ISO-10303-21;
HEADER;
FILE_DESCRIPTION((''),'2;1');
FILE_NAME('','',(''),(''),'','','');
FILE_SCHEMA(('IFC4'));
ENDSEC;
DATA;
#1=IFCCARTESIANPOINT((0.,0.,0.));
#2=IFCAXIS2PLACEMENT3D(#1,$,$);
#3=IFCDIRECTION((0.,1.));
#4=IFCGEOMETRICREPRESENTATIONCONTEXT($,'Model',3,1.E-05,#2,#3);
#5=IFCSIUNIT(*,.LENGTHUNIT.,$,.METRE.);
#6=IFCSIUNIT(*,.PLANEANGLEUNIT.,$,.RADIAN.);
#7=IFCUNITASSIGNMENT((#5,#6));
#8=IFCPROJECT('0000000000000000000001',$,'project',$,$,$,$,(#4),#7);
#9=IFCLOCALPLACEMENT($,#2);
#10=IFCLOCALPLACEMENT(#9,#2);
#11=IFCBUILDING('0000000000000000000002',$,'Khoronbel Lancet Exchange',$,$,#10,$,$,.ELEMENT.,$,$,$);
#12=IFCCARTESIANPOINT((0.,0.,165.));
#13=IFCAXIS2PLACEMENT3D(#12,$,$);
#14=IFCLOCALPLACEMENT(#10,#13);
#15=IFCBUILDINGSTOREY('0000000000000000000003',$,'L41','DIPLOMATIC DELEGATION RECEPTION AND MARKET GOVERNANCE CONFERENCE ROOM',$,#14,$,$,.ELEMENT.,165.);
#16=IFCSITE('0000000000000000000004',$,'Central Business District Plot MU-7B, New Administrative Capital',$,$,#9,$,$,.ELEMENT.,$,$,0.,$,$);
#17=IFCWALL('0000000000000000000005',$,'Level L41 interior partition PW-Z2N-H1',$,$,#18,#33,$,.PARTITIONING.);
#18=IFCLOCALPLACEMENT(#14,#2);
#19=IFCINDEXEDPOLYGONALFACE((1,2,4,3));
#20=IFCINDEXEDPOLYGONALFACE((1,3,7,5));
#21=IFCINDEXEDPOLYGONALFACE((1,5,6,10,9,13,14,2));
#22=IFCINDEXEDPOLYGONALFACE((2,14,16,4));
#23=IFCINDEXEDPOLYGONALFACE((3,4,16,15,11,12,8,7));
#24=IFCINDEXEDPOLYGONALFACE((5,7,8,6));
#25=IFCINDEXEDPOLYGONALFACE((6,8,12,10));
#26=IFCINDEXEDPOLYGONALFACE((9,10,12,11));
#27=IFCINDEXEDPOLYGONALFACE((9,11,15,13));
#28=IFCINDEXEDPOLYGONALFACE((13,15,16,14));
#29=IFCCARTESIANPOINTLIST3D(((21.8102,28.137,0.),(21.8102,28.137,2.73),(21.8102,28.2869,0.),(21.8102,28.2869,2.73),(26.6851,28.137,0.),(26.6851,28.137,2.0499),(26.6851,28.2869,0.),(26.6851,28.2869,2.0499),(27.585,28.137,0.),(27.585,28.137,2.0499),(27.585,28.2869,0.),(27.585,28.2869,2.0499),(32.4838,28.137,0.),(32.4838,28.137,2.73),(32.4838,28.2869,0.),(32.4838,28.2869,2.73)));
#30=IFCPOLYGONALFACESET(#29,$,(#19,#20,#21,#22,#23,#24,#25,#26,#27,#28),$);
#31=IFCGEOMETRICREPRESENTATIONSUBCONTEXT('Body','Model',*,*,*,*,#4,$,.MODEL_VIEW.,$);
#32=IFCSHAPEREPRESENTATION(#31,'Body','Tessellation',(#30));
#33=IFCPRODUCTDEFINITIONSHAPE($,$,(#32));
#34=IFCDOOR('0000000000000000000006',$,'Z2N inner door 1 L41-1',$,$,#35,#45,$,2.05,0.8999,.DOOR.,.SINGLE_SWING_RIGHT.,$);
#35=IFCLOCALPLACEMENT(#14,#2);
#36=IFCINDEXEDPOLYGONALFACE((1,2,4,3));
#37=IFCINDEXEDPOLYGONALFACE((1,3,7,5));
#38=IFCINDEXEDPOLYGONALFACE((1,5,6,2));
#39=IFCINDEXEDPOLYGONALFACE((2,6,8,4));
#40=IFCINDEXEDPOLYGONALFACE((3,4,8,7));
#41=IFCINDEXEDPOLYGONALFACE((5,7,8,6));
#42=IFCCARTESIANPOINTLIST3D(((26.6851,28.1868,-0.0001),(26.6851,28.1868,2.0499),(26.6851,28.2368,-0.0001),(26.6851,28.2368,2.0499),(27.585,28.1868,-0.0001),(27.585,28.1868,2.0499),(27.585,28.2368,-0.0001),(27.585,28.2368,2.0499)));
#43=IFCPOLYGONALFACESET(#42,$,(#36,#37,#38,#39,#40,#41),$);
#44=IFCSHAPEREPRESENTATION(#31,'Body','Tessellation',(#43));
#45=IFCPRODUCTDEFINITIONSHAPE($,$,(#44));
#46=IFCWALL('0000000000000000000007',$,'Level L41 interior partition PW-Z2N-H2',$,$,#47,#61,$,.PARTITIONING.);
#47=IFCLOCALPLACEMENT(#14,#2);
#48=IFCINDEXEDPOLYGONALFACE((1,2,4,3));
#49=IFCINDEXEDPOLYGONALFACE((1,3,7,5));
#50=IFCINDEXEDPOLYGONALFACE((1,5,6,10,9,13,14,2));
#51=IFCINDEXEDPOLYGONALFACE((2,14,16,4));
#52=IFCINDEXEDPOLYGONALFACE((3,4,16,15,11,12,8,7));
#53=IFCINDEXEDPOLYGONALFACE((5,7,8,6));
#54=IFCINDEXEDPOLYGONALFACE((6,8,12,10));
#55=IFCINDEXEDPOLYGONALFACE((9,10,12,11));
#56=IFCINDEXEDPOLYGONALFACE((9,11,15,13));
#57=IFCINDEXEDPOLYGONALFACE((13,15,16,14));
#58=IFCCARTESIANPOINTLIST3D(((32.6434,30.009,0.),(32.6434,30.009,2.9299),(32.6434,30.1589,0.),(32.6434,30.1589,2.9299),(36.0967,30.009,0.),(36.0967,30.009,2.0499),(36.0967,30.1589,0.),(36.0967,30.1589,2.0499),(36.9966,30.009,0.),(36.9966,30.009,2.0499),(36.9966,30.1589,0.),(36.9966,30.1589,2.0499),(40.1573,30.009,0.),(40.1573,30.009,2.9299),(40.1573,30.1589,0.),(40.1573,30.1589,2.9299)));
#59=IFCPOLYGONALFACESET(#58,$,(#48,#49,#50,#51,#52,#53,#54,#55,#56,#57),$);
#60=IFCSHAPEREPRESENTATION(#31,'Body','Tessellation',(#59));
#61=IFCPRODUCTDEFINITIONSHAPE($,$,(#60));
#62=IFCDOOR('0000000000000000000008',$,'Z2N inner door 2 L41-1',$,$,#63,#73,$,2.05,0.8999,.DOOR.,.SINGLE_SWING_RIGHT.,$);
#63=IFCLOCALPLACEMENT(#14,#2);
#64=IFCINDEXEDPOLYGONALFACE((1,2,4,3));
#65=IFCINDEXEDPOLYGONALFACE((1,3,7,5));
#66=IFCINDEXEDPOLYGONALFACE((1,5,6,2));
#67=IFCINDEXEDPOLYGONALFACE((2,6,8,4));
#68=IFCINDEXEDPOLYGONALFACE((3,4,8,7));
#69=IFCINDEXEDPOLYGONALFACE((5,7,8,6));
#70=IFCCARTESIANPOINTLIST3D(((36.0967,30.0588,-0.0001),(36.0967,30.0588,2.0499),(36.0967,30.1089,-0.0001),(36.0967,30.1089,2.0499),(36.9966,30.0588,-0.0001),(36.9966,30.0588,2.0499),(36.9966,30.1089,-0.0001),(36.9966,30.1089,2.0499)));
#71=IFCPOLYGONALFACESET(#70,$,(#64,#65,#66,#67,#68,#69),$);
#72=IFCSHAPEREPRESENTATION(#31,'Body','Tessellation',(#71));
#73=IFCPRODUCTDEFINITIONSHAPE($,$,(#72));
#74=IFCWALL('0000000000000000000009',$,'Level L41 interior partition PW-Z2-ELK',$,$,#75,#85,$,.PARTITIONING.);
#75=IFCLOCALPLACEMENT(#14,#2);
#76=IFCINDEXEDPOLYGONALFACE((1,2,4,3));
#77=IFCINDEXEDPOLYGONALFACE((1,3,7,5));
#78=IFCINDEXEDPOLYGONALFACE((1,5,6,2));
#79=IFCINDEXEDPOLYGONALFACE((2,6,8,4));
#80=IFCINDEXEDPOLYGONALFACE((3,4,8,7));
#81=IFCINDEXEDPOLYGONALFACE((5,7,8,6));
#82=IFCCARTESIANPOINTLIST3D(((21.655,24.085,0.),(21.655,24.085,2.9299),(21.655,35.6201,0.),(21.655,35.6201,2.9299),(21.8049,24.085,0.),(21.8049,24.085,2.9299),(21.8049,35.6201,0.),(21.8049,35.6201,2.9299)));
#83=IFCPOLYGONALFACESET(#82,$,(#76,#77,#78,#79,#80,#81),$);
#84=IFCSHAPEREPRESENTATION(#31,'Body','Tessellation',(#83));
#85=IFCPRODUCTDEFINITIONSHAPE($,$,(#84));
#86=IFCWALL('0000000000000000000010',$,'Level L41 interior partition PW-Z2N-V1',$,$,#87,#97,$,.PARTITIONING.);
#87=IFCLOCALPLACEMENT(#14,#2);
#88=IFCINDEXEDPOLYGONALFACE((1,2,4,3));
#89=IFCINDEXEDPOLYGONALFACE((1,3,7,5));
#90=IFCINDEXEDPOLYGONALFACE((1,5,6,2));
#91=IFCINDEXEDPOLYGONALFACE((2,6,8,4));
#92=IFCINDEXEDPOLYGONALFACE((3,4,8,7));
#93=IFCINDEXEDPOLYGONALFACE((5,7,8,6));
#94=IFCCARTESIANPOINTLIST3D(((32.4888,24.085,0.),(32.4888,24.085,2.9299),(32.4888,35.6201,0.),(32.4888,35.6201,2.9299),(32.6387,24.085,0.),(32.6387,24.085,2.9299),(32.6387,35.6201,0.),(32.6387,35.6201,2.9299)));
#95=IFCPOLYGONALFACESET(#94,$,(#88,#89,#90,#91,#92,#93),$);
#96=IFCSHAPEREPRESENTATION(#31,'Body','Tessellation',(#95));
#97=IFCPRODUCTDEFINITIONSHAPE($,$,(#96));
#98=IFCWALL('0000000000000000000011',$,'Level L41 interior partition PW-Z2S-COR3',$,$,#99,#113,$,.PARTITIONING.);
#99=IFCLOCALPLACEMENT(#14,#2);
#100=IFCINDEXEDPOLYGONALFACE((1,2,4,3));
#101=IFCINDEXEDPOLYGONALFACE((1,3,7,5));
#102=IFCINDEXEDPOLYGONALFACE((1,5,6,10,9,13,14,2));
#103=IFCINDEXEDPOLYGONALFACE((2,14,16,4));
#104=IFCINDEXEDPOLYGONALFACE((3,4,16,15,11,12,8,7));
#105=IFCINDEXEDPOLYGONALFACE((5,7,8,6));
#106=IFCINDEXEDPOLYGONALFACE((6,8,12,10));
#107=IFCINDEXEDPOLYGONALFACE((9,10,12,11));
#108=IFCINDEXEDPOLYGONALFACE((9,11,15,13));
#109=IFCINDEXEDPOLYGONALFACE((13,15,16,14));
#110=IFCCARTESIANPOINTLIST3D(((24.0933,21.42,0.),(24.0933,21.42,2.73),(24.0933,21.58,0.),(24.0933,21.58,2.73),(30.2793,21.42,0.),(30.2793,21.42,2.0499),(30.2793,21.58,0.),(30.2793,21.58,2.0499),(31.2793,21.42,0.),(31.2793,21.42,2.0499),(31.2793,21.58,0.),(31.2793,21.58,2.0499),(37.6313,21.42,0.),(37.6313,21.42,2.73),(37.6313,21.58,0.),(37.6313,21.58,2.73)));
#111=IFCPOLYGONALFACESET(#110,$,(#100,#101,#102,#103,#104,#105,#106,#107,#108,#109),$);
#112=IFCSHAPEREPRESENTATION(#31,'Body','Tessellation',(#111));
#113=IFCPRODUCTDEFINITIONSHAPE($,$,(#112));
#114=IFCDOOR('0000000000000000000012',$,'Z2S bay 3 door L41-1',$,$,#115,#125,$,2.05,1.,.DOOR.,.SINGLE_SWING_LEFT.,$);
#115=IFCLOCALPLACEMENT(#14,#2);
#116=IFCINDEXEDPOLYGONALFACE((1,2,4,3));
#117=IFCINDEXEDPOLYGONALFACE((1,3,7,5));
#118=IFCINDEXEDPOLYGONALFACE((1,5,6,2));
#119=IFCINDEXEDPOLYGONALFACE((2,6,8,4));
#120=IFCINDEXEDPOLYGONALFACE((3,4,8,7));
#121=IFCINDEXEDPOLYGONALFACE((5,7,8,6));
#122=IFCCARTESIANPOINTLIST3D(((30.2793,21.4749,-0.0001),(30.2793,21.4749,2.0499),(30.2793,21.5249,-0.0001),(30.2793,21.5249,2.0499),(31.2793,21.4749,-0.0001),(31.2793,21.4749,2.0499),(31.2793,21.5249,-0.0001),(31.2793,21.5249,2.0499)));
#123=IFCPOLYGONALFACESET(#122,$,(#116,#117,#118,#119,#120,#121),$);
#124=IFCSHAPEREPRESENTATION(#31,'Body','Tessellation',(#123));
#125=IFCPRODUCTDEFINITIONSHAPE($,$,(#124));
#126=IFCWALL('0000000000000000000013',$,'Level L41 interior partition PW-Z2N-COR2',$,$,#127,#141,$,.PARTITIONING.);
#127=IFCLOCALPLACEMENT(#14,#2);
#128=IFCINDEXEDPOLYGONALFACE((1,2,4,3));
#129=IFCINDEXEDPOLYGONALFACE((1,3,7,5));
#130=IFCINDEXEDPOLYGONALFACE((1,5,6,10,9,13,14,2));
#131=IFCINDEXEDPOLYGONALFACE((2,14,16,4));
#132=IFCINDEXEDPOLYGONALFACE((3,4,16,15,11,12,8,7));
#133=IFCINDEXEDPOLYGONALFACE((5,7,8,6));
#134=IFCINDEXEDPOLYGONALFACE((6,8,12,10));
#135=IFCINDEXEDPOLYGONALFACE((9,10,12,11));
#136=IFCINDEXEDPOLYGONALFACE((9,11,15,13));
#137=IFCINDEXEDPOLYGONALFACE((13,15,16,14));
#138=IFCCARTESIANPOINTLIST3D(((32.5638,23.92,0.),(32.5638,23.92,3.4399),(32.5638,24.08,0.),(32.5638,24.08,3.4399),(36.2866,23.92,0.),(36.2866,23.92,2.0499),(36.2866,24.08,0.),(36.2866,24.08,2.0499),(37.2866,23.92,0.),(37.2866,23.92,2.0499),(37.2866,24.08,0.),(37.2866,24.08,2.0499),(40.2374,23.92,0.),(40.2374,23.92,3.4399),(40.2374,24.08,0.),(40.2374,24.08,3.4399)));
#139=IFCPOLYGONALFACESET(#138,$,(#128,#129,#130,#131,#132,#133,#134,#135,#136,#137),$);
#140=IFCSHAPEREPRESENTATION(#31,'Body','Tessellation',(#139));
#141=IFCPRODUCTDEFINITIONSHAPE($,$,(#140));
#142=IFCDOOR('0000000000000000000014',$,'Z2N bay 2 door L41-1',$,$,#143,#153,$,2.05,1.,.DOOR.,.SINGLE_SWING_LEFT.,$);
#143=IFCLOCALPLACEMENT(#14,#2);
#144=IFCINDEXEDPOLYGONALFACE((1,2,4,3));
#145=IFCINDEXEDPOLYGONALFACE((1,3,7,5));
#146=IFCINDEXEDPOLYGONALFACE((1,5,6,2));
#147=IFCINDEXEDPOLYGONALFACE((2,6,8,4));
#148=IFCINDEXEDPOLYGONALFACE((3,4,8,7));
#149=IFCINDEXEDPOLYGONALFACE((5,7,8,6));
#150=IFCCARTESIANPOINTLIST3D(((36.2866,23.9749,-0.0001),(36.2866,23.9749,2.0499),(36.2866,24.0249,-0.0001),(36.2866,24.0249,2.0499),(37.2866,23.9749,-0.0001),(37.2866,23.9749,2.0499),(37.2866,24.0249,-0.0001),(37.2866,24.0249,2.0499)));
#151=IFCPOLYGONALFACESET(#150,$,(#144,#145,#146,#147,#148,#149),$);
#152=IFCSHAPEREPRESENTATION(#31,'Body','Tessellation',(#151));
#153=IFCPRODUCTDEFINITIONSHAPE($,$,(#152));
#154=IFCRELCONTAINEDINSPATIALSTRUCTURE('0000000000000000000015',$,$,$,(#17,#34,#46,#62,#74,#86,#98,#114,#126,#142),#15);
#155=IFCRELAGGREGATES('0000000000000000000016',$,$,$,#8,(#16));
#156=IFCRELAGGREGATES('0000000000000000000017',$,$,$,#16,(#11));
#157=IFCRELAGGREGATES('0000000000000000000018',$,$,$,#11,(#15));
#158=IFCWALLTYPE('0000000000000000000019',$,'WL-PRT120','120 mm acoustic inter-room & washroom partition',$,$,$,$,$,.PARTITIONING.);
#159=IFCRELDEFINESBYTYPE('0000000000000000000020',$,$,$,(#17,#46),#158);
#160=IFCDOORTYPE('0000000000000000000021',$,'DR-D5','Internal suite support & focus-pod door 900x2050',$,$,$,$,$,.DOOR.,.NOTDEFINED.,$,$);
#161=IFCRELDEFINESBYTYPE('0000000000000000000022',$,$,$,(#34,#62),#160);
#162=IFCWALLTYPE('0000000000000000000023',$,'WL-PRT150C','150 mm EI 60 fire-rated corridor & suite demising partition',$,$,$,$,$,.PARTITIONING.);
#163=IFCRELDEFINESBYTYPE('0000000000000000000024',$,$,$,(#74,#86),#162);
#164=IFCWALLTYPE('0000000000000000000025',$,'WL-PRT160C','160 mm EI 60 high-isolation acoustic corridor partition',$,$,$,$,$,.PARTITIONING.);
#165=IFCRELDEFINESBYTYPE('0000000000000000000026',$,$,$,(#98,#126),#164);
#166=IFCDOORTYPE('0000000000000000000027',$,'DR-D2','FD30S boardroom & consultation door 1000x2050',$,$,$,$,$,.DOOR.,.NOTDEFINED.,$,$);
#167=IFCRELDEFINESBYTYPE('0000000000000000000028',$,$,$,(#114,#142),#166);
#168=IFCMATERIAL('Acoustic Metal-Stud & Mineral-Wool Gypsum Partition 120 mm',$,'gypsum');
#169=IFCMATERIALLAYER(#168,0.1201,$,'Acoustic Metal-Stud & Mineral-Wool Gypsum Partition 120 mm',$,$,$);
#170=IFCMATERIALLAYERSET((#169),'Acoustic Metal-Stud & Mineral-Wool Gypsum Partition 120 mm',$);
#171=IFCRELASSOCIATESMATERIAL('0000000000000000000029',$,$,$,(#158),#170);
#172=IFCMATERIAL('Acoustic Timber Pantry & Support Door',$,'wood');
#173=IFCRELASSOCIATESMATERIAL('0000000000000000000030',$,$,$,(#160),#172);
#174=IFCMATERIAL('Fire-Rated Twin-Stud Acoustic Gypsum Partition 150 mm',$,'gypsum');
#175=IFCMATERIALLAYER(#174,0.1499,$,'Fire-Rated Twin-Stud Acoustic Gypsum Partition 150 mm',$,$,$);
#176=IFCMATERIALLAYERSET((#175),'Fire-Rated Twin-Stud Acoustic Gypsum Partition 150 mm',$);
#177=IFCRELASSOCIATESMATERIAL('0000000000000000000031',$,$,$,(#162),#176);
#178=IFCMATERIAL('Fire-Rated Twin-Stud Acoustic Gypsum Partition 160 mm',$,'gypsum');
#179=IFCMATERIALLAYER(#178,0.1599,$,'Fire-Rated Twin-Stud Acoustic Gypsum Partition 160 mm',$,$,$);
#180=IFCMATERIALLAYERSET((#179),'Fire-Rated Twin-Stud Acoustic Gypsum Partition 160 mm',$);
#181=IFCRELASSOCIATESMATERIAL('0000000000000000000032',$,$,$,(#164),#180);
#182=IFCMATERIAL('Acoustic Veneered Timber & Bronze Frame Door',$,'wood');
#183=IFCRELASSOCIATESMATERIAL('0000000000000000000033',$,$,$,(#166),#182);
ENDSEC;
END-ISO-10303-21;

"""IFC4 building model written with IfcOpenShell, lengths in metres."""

from ifc_helpers import new_model, si_unit, direction, frame, frame_2d, origin, place, context, subcontext, project, spatial, rectangle, extrude, material, layer, layer_set, type_object, element, fill, save


model = new_model("IFC4")

# Units and contexts
model_context = context("Model", 3, precision=1e-05, world=origin(), true_north=direction((0.0, 1.0)))
body_context = subcontext(model_context, "Body", "Model", "MODEL_VIEW")
ifc_project = project(units=[si_unit("LENGTHUNIT", "METRE"), si_unit("PLANEANGLEUNIT", "RADIAN")], contexts=[model_context])

# Site, building, storey
site_placement = place(None, origin())
site = spatial("IfcSite", under=ifc_project, at=site_placement, Name="Central Business District Plot MU-7B, New Administrative Capital", CompositionType="ELEMENT", RefElevation=0.0)
building_placement = place(site_placement, origin())
building = spatial("IfcBuilding", under=site, at=building_placement, Name="Khoronbel Lancet Exchange", CompositionType="ELEMENT")
storey_placement = place(building_placement, frame((0.0, 0.0, 165.0)))
storey = spatial("IfcBuildingStorey", under=building, at=storey_placement, Name="L41", Description="DIPLOMATIC DELEGATION RECEPTION AND MARKET GOVERNANCE CONFERENCE ROOM", CompositionType="ELEMENT", Elevation=165.0)

# Walls, openings, doors
ifc_material_1 = material(Name="Acoustic Metal-Stud & Mineral-Wool Gypsum Partition 120 mm", Category="gypsum")
ifc_layer_1 = layer(ifc_material_1, 0.1201, Name="Acoustic Metal-Stud & Mineral-Wool Gypsum Partition 120 mm")
ifc_layer_set_1 = layer_set([ifc_layer_1], Name="Acoustic Metal-Stud & Mineral-Wool Gypsum Partition 120 mm")
wall_type_1 = type_object("IfcWallType", Name="WL-PRT120", Description="120 mm acoustic inter-room & washroom partition", PredefinedType="PARTITIONING", material=ifc_layer_set_1)
ifc_material_2 = material(Name="Acoustic Timber Pantry & Support Door", Category="wood")
door_type_1 = type_object("IfcDoorType", Name="DR-D5", Description="Internal suite support & focus-pod door 900x2050", OperationType="NOTDEFINED", PredefinedType="DOOR", material=ifc_material_2)
wall_1_placement = place(storey_placement, frame((21.8101, 28.2119, 0.0), z_axis=(0.0, 0.0, 1.0), x_axis=(1.0, 0.0, 0.0)))
wall_1 = element("IfcWall", 1, at=wall_1_placement, inside=storey, type_object=wall_type_1, Name="Level L41 interior partition PW-Z2N-H1", PredefinedType="PARTITIONING", context=body_context, shape_type="SweptSolid", body=[
    extrude(rectangle(XDim=10.6736, YDim=0.1499, at=frame_2d((5.3369, 0.0))), origin(), (0.0, 0.0, 1.0), 2.73),
])
opening_1_placement = place(wall_1_placement, frame((4.875, 0.0, 0.0)))
opening_1 = element("IfcOpeningElement", 2, at=opening_1_placement, cuts=wall_1, PredefinedType="OPENING", context=body_context, shape_type="SweptSolid", body=[
    extrude(rectangle(XDim=0.8999, YDim=2.05, at=frame_2d((0.45, 1.0249))), frame((0.0, 0.085, 0.0), z_axis=(0.0, -1.0, 0.0), x_axis=(1.0, 0.0, 0.0)), (0.0, 0.0, 1.0), 0.1699),
])
door_1_placement = place(opening_1_placement, origin())
door_1 = element("IfcDoor", 3, at=door_1_placement, inside=storey, type_object=door_type_1, Name="Z2N inner door 1 L41-1", OperationType="SINGLE_SWING_RIGHT", OverallHeight=2.05, OverallWidth=0.8999, PredefinedType="DOOR", context=body_context, shape_type="SweptSolid", body=[
    extrude(rectangle(XDim=0.8999, YDim=2.05, at=frame_2d((0.45, 1.0249))), frame((0.0, 0.0249, 0.0), z_axis=(0.0, -1.0, 0.0), x_axis=(1.0, 0.0, 0.0)), (0.0, 0.0, 1.0), 0.05),
])
fill(opening_1, door_1)
wall_2_placement = place(storey_placement, frame((32.6436, 30.084, 0.0), z_axis=(0.0, 0.0, 1.0), x_axis=(1.0, 0.0, 0.0)))
wall_2 = element("IfcWall", 4, at=wall_2_placement, inside=storey, type_object=wall_type_1, Name="Level L41 interior partition PW-Z2N-H2", PredefinedType="PARTITIONING", context=body_context, shape_type="SweptSolid", body=[
    extrude(rectangle(XDim=7.5139, YDim=0.1499, at=frame_2d((3.7568, 0.0))), origin(), (0.0, 0.0, 1.0), 2.9299),
])
opening_2_placement = place(wall_2_placement, frame((3.4531, 0.0, 0.0)))
opening_2 = element("IfcOpeningElement", 5, at=opening_2_placement, cuts=wall_2, PredefinedType="OPENING", context=body_context, shape_type="SweptSolid", body=[
    extrude(rectangle(XDim=0.8999, YDim=2.05, at=frame_2d((0.45, 1.0249))), frame((0.0, 0.085, 0.0), z_axis=(0.0, -1.0, 0.0), x_axis=(1.0, 0.0, 0.0)), (0.0, 0.0, 1.0), 0.1699),
])
door_2_placement = place(opening_2_placement, origin())
door_2 = element("IfcDoor", 6, at=door_2_placement, inside=storey, type_object=door_type_1, Name="Z2N inner door 2 L41-1", OperationType="SINGLE_SWING_RIGHT", OverallHeight=2.05, OverallWidth=0.8999, PredefinedType="DOOR", context=body_context, shape_type="SweptSolid", body=[
    extrude(rectangle(XDim=0.8999, YDim=2.05, at=frame_2d((0.45, 1.0249))), frame((0.0, 0.0249, 0.0), z_axis=(0.0, -1.0, 0.0), x_axis=(1.0, 0.0, 0.0)), (0.0, 0.0, 1.0), 0.05),
])
fill(opening_2, door_2)

# Walls
ifc_material_3 = material(Name="Fire-Rated Twin-Stud Acoustic Gypsum Partition 150 mm", Category="gypsum")
ifc_layer_2 = layer(ifc_material_3, 0.1499, Name="Fire-Rated Twin-Stud Acoustic Gypsum Partition 150 mm")
ifc_layer_set_2 = layer_set([ifc_layer_2], Name="Fire-Rated Twin-Stud Acoustic Gypsum Partition 150 mm")
wall_type_2 = type_object("IfcWallType", Name="WL-PRT150C", Description="150 mm EI 60 fire-rated corridor & suite demising partition", PredefinedType="PARTITIONING", material=ifc_layer_set_2)
for number, where, z_axis, x_axis, name in (
    (7, (21.73, 24.085, 0.0), (0.0, 0.0, 1.0), (0.0, 1.0, 0.0), "Level L41 interior partition PW-Z2-ELK"),
    (8, (32.5637, 24.085, 0.0), (0.0, 0.0, 1.0), (0.0, 1.0, 0.0), "Level L41 interior partition PW-Z2N-V1"),
):
    element("IfcWall", number, at=place(storey_placement, frame(where, z_axis=z_axis, x_axis=x_axis)), inside=storey, type_object=wall_type_2, Name=name, PredefinedType="PARTITIONING", context=body_context, shape_type="SweptSolid", body=[
        extrude(rectangle(XDim=11.5352, YDim=0.1499, at=frame_2d((5.7676, 0.0))), origin(), (0.0, 0.0, 1.0), 2.9299),
    ])

# Walls, openings, doors
ifc_material_4 = material(Name="Fire-Rated Twin-Stud Acoustic Gypsum Partition 160 mm", Category="gypsum")
ifc_layer_3 = layer(ifc_material_4, 0.1599, Name="Fire-Rated Twin-Stud Acoustic Gypsum Partition 160 mm")
ifc_layer_set_3 = layer_set([ifc_layer_3], Name="Fire-Rated Twin-Stud Acoustic Gypsum Partition 160 mm")
wall_type_3 = type_object("IfcWallType", Name="WL-PRT160C", Description="160 mm EI 60 high-isolation acoustic corridor partition", PredefinedType="PARTITIONING", material=ifc_layer_set_3)
wall_3_placement = place(storey_placement, frame((24.0933, 21.5, 0.0), z_axis=(0.0, 0.0, 1.0), x_axis=(1.0, 0.0, 0.0)))
wall_3 = element("IfcWall", 9, at=wall_3_placement, inside=storey, type_object=wall_type_3, Name="Level L41 interior partition PW-Z2S-COR3", PredefinedType="PARTITIONING", context=body_context, shape_type="SweptSolid", body=[
    extrude(rectangle(XDim=13.5381, YDim=0.1599, at=frame_2d((6.769, 0.0))), origin(), (0.0, 0.0, 1.0), 2.73),
])
opening_3_placement = place(wall_3_placement, frame((6.186, 0.0, 0.0)))
opening_3 = element("IfcOpeningElement", 10, at=opening_3_placement, cuts=wall_3, PredefinedType="OPENING", context=body_context, shape_type="SweptSolid", body=[
    extrude(rectangle(XDim=1.0, YDim=2.05, at=frame_2d((0.5, 1.0249))), frame((0.0, 0.0898, 0.0), z_axis=(0.0, -1.0, 0.0), x_axis=(1.0, 0.0, 0.0)), (0.0, 0.0, 1.0), 0.1799),
])
ifc_material_5 = material(Name="Acoustic Veneered Timber & Bronze Frame Door", Category="wood")
door_type_2 = type_object("IfcDoorType", Name="DR-D2", Description="FD30S boardroom & consultation door 1000x2050", OperationType="NOTDEFINED", PredefinedType="DOOR", material=ifc_material_5)
door_3_placement = place(opening_3_placement, origin())
door_3 = element("IfcDoor", 11, at=door_3_placement, inside=storey, type_object=door_type_2, Name="Z2S bay 3 door L41-1", OperationType="SINGLE_SWING_LEFT", OverallHeight=2.05, OverallWidth=1.0, PredefinedType="DOOR", context=body_context, shape_type="SweptSolid", body=[
    extrude(rectangle(XDim=1.0, YDim=2.05, at=frame_2d((0.5, 1.0249))), frame((0.0, 0.0249, 0.0), z_axis=(0.0, -1.0, 0.0), x_axis=(1.0, 0.0, 0.0)), (0.0, 0.0, 1.0), 0.05),
])
fill(opening_3, door_3)
wall_4_placement = place(storey_placement, frame((32.5637, 24.0, 0.0), z_axis=(0.0, 0.0, 1.0), x_axis=(1.0, 0.0, 0.0)))
wall_4 = element("IfcWall", 12, at=wall_4_placement, inside=storey, type_object=wall_type_3, Name="Level L41 interior partition PW-Z2N-COR2", PredefinedType="PARTITIONING", context=body_context, shape_type="SweptSolid", body=[
    extrude(rectangle(XDim=7.6736, YDim=0.1599, at=frame_2d((3.8369, 0.0))), origin(), (0.0, 0.0, 1.0), 3.4399),
])
opening_4_placement = place(wall_4_placement, frame((3.7229, 0.0, 0.0)))
opening_4 = element("IfcOpeningElement", 13, at=opening_4_placement, cuts=wall_4, PredefinedType="OPENING", context=body_context, shape_type="SweptSolid", body=[
    extrude(rectangle(XDim=1.0, YDim=2.05, at=frame_2d((0.5, 1.0249))), frame((0.0, 0.0898, 0.0), z_axis=(0.0, -1.0, 0.0), x_axis=(1.0, 0.0, 0.0)), (0.0, 0.0, 1.0), 0.1799),
])
door_4_placement = place(opening_4_placement, origin())
door_4 = element("IfcDoor", 14, at=door_4_placement, inside=storey, type_object=door_type_2, Name="Z2N bay 2 door L41-1", OperationType="SINGLE_SWING_LEFT", OverallHeight=2.05, OverallWidth=1.0, PredefinedType="DOOR", context=body_context, shape_type="SweptSolid", body=[
    extrude(rectangle(XDim=1.0, YDim=2.05, at=frame_2d((0.5, 1.0249))), frame((0.0, 0.0249, 0.0), z_axis=(0.0, -1.0, 0.0), x_axis=(1.0, 0.0, 0.0)), (0.0, 0.0, 1.0), 0.05),
])
fill(opening_4, door_4)

save(model, "model.ifc")
